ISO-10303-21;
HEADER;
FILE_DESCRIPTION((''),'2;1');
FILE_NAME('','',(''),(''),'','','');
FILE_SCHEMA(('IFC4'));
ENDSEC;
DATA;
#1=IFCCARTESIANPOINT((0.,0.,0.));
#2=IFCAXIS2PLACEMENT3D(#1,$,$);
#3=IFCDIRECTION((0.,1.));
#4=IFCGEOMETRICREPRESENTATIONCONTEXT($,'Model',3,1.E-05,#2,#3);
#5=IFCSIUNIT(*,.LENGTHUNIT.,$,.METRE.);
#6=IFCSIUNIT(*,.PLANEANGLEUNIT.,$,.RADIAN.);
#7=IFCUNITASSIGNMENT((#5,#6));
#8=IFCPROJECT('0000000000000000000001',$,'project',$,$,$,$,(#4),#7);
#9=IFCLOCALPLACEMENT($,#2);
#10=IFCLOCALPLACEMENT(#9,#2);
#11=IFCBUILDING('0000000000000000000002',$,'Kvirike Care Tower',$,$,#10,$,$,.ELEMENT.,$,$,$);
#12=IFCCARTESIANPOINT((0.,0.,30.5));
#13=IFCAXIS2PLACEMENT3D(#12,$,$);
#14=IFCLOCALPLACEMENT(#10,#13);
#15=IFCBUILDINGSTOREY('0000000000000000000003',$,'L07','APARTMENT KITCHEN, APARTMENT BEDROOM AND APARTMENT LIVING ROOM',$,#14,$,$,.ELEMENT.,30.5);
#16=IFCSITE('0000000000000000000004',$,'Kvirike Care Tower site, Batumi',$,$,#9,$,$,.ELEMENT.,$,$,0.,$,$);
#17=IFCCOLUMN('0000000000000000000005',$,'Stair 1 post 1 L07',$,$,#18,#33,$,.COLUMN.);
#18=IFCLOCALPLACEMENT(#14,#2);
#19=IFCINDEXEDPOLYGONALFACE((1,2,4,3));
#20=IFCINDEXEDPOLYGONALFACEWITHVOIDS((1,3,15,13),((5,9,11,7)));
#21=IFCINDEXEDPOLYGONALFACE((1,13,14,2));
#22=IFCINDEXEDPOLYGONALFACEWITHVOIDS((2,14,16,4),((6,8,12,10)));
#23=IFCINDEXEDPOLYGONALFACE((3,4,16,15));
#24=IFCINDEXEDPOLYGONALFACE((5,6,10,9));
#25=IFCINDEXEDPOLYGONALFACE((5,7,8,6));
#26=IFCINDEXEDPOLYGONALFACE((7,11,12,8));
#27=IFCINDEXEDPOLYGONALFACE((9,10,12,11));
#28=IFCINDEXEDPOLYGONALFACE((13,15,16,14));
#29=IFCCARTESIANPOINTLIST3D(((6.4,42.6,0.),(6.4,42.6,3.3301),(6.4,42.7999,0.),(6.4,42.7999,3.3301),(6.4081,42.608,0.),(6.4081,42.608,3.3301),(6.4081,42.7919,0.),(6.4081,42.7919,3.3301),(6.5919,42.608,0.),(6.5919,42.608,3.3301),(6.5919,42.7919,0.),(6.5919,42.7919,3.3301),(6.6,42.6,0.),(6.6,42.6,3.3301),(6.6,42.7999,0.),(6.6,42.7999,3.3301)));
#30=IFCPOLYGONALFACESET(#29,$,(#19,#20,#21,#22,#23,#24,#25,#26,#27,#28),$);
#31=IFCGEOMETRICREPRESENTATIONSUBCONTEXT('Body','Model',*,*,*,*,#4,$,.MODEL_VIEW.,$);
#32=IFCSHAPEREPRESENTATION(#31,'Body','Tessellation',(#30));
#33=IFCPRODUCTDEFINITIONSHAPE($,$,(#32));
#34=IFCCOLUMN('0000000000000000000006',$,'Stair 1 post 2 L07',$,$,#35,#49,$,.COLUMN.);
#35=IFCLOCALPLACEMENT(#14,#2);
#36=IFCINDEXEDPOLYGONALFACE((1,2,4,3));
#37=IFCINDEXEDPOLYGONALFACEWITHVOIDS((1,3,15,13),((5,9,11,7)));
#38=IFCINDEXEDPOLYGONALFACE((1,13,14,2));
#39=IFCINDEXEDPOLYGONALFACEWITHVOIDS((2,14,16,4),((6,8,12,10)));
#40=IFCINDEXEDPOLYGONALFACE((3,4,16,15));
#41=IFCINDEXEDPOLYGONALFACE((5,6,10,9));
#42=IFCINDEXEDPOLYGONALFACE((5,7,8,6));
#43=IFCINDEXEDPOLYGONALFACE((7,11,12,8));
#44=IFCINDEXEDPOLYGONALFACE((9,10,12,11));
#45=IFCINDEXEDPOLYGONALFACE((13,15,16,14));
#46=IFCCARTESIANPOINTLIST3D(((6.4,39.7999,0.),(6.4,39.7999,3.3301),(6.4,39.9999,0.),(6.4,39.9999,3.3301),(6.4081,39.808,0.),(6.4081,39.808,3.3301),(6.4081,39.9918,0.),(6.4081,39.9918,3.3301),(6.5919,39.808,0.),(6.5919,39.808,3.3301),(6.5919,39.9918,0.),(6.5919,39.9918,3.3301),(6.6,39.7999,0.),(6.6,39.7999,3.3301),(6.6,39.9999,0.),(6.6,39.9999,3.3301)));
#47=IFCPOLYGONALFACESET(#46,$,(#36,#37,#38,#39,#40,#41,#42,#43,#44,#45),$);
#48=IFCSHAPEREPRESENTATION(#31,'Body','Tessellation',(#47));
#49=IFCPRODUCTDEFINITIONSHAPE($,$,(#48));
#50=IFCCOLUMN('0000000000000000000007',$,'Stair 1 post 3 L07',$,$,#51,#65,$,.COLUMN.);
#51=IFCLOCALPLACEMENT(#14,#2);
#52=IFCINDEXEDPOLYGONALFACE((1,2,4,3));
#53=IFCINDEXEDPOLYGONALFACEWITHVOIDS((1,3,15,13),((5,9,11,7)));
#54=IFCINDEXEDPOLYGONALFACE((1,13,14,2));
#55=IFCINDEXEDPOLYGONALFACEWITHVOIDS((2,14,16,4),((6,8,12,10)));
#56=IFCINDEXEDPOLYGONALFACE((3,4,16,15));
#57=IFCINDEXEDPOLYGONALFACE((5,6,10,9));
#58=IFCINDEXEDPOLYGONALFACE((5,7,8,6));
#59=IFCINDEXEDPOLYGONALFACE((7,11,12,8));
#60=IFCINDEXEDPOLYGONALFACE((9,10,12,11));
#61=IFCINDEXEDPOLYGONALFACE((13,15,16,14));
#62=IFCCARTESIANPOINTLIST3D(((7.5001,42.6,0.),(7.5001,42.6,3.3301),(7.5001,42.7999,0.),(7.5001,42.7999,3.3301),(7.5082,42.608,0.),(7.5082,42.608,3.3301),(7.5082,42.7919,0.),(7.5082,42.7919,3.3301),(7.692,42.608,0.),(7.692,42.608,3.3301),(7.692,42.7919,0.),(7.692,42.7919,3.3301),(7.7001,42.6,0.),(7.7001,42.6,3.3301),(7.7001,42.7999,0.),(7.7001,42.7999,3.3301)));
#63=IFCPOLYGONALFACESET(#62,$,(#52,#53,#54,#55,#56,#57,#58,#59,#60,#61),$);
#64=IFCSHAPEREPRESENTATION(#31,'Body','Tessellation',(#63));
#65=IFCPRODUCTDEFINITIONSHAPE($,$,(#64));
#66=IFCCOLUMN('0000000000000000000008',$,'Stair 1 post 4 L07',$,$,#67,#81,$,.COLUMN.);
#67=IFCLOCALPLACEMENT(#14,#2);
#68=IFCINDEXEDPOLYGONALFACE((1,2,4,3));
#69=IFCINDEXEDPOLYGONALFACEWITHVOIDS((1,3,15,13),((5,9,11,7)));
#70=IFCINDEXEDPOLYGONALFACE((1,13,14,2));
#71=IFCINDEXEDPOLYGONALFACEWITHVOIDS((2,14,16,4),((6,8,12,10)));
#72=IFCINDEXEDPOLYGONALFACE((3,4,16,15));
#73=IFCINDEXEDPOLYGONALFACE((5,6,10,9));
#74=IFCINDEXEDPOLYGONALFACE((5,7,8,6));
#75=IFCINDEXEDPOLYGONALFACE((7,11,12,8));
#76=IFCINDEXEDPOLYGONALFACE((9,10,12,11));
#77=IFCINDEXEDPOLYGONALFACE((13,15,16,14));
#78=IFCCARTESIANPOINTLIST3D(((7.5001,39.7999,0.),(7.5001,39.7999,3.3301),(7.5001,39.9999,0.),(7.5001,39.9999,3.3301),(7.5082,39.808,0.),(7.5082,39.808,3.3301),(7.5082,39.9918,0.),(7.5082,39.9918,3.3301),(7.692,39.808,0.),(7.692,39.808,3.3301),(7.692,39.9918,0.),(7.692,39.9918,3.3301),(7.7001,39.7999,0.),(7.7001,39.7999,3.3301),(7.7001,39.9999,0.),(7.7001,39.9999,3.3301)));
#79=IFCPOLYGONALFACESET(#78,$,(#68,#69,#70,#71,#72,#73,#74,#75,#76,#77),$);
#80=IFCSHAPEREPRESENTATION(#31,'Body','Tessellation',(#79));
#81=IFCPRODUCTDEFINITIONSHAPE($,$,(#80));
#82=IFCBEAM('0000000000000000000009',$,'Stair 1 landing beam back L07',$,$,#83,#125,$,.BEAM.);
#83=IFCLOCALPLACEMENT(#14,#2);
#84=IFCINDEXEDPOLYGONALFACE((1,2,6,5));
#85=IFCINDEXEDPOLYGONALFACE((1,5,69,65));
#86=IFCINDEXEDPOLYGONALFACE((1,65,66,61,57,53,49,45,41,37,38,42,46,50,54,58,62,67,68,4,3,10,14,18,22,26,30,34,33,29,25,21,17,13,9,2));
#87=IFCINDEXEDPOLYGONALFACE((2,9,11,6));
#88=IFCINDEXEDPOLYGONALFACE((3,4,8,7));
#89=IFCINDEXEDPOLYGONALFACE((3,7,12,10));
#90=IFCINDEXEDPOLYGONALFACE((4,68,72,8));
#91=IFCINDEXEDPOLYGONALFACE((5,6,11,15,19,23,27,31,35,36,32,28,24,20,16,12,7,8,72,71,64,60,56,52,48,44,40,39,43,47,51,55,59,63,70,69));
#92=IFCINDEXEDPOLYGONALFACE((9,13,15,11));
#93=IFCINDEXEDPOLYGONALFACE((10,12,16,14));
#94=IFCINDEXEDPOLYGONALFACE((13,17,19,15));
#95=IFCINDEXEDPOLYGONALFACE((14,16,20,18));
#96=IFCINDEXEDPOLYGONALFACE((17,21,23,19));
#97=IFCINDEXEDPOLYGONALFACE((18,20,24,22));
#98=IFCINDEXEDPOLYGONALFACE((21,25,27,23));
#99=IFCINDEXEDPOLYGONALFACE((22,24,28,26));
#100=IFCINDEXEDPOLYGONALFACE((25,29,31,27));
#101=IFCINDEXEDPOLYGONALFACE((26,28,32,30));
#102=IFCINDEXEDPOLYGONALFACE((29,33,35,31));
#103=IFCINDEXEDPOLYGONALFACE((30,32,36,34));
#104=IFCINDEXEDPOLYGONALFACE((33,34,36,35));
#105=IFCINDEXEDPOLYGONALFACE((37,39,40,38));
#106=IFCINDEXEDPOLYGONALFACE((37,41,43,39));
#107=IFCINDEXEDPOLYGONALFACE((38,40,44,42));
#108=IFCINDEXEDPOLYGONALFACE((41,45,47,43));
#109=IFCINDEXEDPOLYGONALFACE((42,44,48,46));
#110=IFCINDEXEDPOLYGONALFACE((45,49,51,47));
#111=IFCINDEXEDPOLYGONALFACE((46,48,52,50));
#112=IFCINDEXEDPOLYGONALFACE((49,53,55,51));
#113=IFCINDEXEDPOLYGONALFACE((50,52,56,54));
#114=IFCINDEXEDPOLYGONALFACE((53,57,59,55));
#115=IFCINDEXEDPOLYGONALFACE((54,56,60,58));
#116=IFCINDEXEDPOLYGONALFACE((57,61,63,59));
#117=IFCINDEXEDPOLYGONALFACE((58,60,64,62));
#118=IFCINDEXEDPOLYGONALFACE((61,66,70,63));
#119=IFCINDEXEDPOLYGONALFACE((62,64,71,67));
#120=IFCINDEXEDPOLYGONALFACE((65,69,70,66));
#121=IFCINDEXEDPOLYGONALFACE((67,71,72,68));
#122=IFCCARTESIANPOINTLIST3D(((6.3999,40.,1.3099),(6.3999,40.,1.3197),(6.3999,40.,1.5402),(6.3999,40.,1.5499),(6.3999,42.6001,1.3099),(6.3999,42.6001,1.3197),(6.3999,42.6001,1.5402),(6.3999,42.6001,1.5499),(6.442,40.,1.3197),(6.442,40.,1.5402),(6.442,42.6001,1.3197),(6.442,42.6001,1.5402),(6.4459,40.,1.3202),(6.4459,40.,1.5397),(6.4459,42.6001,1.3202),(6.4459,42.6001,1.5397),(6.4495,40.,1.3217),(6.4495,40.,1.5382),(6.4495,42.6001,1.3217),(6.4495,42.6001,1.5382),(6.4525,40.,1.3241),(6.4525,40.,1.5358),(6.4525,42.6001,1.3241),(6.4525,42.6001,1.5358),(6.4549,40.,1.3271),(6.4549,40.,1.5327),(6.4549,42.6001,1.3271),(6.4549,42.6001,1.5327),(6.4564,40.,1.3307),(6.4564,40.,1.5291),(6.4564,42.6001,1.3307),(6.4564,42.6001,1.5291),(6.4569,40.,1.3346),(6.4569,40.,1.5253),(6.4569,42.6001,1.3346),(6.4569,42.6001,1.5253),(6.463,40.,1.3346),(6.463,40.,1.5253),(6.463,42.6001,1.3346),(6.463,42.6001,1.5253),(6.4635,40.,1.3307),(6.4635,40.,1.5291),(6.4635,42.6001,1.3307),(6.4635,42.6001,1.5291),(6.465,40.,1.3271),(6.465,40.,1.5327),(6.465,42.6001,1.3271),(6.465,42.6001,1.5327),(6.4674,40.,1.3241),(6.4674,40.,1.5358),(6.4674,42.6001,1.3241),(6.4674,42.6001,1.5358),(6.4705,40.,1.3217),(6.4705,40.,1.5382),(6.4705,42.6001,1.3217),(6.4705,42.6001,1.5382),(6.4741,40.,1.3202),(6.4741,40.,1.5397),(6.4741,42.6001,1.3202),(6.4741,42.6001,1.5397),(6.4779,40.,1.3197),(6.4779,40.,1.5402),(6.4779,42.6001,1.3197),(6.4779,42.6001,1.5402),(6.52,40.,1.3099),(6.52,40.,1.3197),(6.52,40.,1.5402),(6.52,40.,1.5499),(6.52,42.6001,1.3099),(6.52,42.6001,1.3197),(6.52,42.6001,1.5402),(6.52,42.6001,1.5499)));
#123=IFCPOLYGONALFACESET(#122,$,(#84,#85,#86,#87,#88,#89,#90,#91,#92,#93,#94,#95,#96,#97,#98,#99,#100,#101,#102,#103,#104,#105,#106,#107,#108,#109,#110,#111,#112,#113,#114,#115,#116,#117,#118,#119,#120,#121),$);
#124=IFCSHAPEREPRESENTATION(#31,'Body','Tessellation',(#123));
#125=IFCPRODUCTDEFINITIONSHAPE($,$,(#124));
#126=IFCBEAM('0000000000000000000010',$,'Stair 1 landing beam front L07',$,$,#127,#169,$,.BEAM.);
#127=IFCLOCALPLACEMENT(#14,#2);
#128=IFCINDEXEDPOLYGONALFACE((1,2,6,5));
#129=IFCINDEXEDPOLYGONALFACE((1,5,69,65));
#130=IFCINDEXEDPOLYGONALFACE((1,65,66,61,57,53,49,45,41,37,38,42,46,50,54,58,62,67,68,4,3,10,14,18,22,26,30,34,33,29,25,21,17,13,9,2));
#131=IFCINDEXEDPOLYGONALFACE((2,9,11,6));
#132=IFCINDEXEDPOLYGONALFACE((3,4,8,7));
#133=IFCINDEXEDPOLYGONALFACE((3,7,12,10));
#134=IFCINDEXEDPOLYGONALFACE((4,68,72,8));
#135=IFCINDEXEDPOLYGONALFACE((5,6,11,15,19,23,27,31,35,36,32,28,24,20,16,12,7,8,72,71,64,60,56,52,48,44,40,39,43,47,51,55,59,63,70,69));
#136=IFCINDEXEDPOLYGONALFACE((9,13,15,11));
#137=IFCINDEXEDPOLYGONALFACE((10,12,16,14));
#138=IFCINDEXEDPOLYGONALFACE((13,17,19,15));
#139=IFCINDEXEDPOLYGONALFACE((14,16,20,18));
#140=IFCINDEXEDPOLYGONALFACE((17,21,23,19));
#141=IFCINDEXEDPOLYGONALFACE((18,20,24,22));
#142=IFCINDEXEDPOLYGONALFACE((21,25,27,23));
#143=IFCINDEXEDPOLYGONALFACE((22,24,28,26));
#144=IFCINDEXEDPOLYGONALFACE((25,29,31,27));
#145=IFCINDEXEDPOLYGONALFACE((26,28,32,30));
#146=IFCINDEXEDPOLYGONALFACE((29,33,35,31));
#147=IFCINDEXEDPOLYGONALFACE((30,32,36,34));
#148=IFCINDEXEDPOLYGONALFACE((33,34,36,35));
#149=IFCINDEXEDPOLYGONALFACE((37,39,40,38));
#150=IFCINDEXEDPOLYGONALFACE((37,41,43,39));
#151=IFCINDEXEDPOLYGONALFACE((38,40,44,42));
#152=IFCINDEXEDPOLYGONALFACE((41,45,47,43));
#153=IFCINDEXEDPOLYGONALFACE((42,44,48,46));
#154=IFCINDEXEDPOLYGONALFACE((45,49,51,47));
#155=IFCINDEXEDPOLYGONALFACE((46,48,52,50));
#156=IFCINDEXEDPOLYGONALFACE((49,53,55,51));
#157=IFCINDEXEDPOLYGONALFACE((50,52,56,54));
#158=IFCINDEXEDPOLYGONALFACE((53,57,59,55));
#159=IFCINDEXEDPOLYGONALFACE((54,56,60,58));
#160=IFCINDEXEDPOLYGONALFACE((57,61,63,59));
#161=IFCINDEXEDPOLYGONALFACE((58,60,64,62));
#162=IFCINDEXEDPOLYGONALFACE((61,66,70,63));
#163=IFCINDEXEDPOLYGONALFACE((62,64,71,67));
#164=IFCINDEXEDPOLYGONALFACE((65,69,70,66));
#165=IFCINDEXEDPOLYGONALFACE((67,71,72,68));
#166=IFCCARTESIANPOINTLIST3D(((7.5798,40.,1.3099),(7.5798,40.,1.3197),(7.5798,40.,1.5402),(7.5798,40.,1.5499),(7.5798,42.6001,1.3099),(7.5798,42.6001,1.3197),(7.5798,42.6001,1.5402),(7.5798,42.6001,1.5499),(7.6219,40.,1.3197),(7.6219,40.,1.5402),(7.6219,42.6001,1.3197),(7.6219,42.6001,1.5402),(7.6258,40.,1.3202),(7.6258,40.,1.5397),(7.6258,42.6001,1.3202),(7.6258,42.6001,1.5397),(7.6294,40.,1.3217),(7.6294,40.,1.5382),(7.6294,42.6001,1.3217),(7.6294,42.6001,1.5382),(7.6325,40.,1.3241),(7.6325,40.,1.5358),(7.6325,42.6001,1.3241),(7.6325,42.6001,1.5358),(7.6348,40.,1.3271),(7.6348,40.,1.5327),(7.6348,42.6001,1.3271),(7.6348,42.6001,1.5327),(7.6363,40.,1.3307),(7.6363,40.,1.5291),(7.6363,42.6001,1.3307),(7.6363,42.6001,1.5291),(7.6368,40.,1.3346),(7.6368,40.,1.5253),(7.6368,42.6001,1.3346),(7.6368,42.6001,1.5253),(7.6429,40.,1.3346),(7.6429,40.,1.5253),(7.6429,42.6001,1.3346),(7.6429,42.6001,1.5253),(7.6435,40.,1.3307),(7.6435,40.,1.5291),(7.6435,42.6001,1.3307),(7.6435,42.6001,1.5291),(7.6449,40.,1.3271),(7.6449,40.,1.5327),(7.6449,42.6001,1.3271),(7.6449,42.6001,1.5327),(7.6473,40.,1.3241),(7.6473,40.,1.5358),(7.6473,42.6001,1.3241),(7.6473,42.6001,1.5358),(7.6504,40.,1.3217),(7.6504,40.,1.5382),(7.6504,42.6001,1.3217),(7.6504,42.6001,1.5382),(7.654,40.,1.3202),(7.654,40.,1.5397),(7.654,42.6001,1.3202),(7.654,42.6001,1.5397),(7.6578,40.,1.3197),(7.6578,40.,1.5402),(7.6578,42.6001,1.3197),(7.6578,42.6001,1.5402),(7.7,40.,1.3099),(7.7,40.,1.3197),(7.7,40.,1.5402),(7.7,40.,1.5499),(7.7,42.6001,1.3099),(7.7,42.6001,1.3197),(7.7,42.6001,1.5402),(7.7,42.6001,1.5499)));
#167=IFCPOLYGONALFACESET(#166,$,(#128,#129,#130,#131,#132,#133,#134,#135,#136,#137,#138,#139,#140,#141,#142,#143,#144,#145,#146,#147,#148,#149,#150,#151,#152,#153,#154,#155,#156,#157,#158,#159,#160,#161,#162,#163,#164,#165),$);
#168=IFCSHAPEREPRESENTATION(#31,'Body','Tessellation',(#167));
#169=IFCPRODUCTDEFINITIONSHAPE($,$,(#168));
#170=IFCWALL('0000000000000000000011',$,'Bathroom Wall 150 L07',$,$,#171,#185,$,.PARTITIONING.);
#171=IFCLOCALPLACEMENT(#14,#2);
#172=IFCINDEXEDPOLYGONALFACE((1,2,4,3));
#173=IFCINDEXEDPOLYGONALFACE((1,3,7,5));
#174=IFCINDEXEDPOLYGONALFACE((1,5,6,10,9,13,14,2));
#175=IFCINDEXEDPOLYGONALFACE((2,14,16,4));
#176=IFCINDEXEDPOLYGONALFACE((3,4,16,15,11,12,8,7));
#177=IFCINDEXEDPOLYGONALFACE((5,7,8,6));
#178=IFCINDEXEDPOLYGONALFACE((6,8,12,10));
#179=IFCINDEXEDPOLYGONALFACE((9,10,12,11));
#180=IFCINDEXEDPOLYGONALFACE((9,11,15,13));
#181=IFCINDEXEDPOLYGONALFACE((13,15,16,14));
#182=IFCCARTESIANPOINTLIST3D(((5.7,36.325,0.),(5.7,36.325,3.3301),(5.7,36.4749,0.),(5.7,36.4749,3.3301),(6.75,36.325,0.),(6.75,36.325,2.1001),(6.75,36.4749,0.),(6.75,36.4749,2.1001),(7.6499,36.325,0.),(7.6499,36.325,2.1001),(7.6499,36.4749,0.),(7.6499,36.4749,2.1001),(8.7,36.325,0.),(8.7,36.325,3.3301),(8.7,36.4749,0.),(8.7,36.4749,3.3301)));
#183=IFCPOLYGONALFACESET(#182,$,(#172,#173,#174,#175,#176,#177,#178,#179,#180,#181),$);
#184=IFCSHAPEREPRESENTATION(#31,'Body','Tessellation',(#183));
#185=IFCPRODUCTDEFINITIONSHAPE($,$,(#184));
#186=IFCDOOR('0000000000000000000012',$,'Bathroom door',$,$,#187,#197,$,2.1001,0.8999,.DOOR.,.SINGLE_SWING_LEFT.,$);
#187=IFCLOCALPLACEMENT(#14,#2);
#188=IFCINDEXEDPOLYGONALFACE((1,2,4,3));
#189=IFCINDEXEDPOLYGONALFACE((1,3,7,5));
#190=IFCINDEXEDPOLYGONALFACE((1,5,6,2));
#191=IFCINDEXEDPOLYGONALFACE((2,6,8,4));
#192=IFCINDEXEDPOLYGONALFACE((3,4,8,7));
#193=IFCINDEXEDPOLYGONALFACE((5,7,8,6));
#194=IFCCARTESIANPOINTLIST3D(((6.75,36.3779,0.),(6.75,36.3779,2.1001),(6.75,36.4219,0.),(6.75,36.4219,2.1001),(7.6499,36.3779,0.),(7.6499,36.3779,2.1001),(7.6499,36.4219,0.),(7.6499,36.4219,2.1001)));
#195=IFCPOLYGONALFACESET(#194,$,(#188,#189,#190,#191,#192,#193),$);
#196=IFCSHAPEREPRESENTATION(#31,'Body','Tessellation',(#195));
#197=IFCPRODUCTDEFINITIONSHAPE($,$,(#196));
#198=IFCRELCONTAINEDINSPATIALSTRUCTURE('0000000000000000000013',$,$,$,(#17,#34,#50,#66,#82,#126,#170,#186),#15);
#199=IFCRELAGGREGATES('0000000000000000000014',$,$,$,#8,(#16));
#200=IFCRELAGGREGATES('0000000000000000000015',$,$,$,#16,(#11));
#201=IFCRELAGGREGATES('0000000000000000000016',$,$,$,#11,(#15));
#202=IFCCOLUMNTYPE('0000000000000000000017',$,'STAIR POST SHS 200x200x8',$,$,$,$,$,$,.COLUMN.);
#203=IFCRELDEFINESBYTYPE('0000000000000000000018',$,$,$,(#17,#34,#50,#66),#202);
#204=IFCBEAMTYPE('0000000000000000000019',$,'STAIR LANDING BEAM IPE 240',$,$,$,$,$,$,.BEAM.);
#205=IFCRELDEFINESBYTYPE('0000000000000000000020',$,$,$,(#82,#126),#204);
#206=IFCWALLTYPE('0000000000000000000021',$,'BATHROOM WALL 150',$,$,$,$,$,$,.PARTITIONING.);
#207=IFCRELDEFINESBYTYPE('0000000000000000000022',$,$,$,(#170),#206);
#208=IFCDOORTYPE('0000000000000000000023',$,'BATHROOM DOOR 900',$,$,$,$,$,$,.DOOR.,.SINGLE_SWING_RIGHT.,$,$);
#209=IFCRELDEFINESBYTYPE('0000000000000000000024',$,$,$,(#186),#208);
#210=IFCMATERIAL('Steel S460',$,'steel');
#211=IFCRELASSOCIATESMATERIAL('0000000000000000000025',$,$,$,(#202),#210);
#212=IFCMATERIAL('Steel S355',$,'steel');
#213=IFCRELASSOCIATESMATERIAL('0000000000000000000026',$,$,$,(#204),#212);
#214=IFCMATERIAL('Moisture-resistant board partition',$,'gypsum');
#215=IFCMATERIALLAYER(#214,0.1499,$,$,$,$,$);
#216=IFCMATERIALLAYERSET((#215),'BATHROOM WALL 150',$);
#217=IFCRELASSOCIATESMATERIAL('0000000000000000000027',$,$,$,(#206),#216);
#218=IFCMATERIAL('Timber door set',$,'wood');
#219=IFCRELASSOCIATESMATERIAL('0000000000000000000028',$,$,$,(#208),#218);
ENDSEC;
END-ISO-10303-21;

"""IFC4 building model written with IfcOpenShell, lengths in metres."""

from ifc_helpers import new_model, si_unit, direction, frame, frame_2d, origin, origin_2d, place, context, subcontext, project, spatial, rectangle, hollow_rectangle, i_section, extrude, material, layer, layer_set, material_profile, profile_set, type_object, element, fill, save


model = new_model("IFC4")

# Units and contexts
model_context = context("Model", 3, precision=1e-05, world=origin(), true_north=direction((0.0, 1.0)))
body_context = subcontext(model_context, "Body", "Model", "MODEL_VIEW")
ifc_project = project(units=[si_unit("LENGTHUNIT", "METRE"), si_unit("PLANEANGLEUNIT", "RADIAN")], contexts=[model_context])

# Site, building, storey
site_placement = place(None, origin())
site = spatial("IfcSite", under=ifc_project, at=site_placement, Name="Kvirike Care Tower site, Batumi", CompositionType="ELEMENT", RefElevation=0.0)
building_placement = place(site_placement, origin())
building = spatial("IfcBuilding", under=site, at=building_placement, Name="Kvirike Care Tower", CompositionType="ELEMENT")
storey_placement = place(building_placement, frame((0.0, 0.0, 30.5)))
storey = spatial("IfcBuildingStorey", under=building, at=storey_placement, Name="L07", Description="APARTMENT KITCHEN, APARTMENT BEDROOM AND APARTMENT LIVING ROOM", CompositionType="ELEMENT", Elevation=30.5)

# Columns
ifc_material_1 = material(Name="Steel S460", Category="steel")
ifc_material_profile_1 = material_profile(ifc_material_1, hollow_rectangle(XDim=0.2, YDim=0.2, WallThickness=0.0081, at=origin_2d()), Name="SHS 200x200x8")
ifc_profile_set_1 = profile_set([ifc_material_profile_1], Name="Steel S460")
column_type = type_object("IfcColumnType", Name="STAIR POST SHS 200x200x8", PredefinedType="COLUMN", material=ifc_profile_set_1)
for number, where, z_axis, x_axis, name in (
    (1, (6.5, 42.7, 0.0), (0.0, 0.0, 1.0), (1.0, 0.0, 0.0), "Stair 1 post 1 L07"),
    (2, (6.5, 39.8999, 0.0), (0.0, 0.0, 1.0), (1.0, 0.0, 0.0), "Stair 1 post 2 L07"),
    (3, (7.6001, 42.7, 0.0), (0.0, 0.0, 1.0), (1.0, 0.0, 0.0), "Stair 1 post 3 L07"),
    (4, (7.6001, 39.8999, 0.0), (0.0, 0.0, 1.0), (1.0, 0.0, 0.0), "Stair 1 post 4 L07"),
):
    element("IfcColumn", number, at=place(storey_placement, frame(where, z_axis=z_axis, x_axis=x_axis)), inside=storey, type_object=column_type, Name=name, PredefinedType="COLUMN", context=body_context, shape_type="SweptSolid", body=[
        extrude(hollow_rectangle(XDim=0.2, YDim=0.2, WallThickness=0.0081, at=origin_2d()), origin(), (0.0, 0.0, 1.0), 3.3301),
    ])

# Beams
ifc_material_2 = material(Name="Steel S355", Category="steel")
ifc_material_profile_2 = material_profile(ifc_material_2, i_section(OverallWidth=0.1201, OverallDepth=0.24, WebThickness=0.0061, FlangeThickness=0.0098, FilletRadius=0.0149, at=origin_2d()), Name="IPE 240")
ifc_profile_set_2 = profile_set([ifc_material_profile_2], Name="Steel S355")
beam_type = type_object("IfcBeamType", Name="STAIR LANDING BEAM IPE 240", PredefinedType="BEAM", material=ifc_profile_set_2)
for number, where, z_axis, x_axis, name in (
    (5, (6.46, 42.6001, 1.4299), (0.0, -1.0, 0.0), (1.0, 0.0, 0.0), "Stair 1 landing beam back L07"),
    (6, (7.6399, 42.6001, 1.4299), (0.0, -1.0, 0.0), (1.0, 0.0, 0.0), "Stair 1 landing beam front L07"),
):
    element("IfcBeam", number, at=place(storey_placement, frame(where, z_axis=z_axis, x_axis=x_axis)), inside=storey, type_object=beam_type, Name=name, PredefinedType="BEAM", context=body_context, shape_type="SweptSolid", body=[
        extrude(i_section(OverallWidth=0.1201, OverallDepth=0.24, WebThickness=0.0061, FlangeThickness=0.0098, FilletRadius=0.0149, at=origin_2d()), origin(), (0.0, 0.0, 1.0), 2.6001),
    ])

# Wall, opening, door
ifc_material_3 = material(Name="Moisture-resistant board partition", Category="gypsum")
ifc_layer_1 = layer(ifc_material_3, 0.1499)
ifc_layer_set_1 = layer_set([ifc_layer_1], Name="BATHROOM WALL 150")
wall_type_1 = type_object("IfcWallType", Name="BATHROOM WALL 150", PredefinedType="PARTITIONING", material=ifc_layer_set_1)
wall_1_placement = place(storey_placement, frame((5.7, 36.3999, 0.0), z_axis=(0.0, 0.0, 1.0), x_axis=(1.0, 0.0, 0.0)))
wall_1 = element("IfcWall", 7, at=wall_1_placement, inside=storey, type_object=wall_type_1, Name="Bathroom Wall 150 L07", PredefinedType="PARTITIONING", context=body_context, shape_type="SweptSolid", body=[
    extrude(rectangle(XDim=3.0, YDim=0.1499, at=frame_2d((1.5, 0.0))), origin(), (0.0, 0.0, 1.0), 3.3301),
])
opening_1_placement = place(wall_1_placement, frame((1.05, 0.0, 0.0)))
opening_1 = element("IfcOpeningElement", 8, at=opening_1_placement, cuts=wall_1, PredefinedType="OPENING", context=body_context, shape_type="SweptSolid", body=[
    extrude(rectangle(XDim=0.8999, YDim=2.1001, at=frame_2d((0.45, 1.05))), frame((0.0, 0.0854, 0.0), z_axis=(0.0, -1.0, 0.0), x_axis=(1.0, 0.0, 0.0)), (0.0, 0.0, 1.0), 0.1709),
])
ifc_material_4 = material(Name="Timber door set", Category="wood")
door_type_1 = type_object("IfcDoorType", Name="BATHROOM DOOR 900", OperationType="SINGLE_SWING_RIGHT", PredefinedType="DOOR", material=ifc_material_4)
door_1_placement = place(opening_1_placement, frame((0.8999, 0.0, 0.0), z_axis=(0.0, 0.0, 1.0), x_axis=(-1.0, 0.0, 0.0)))
door_1 = element("IfcDoor", 9, at=door_1_placement, inside=storey, type_object=door_type_1, Name="Bathroom door", OperationType="SINGLE_SWING_LEFT", OverallHeight=2.1001, OverallWidth=0.8999, PredefinedType="DOOR", context=body_context, shape_type="SweptSolid", body=[
    extrude(rectangle(XDim=0.8999, YDim=2.1001, at=frame_2d((0.45, 1.05))), frame((0.0, 0.022, 0.0), z_axis=(0.0, -1.0, 0.0), x_axis=(1.0, 0.0, 0.0)), (0.0, 0.0, 1.0), 0.0439),
])
fill(opening_1, door_1)

save(model, "model.ifc")
